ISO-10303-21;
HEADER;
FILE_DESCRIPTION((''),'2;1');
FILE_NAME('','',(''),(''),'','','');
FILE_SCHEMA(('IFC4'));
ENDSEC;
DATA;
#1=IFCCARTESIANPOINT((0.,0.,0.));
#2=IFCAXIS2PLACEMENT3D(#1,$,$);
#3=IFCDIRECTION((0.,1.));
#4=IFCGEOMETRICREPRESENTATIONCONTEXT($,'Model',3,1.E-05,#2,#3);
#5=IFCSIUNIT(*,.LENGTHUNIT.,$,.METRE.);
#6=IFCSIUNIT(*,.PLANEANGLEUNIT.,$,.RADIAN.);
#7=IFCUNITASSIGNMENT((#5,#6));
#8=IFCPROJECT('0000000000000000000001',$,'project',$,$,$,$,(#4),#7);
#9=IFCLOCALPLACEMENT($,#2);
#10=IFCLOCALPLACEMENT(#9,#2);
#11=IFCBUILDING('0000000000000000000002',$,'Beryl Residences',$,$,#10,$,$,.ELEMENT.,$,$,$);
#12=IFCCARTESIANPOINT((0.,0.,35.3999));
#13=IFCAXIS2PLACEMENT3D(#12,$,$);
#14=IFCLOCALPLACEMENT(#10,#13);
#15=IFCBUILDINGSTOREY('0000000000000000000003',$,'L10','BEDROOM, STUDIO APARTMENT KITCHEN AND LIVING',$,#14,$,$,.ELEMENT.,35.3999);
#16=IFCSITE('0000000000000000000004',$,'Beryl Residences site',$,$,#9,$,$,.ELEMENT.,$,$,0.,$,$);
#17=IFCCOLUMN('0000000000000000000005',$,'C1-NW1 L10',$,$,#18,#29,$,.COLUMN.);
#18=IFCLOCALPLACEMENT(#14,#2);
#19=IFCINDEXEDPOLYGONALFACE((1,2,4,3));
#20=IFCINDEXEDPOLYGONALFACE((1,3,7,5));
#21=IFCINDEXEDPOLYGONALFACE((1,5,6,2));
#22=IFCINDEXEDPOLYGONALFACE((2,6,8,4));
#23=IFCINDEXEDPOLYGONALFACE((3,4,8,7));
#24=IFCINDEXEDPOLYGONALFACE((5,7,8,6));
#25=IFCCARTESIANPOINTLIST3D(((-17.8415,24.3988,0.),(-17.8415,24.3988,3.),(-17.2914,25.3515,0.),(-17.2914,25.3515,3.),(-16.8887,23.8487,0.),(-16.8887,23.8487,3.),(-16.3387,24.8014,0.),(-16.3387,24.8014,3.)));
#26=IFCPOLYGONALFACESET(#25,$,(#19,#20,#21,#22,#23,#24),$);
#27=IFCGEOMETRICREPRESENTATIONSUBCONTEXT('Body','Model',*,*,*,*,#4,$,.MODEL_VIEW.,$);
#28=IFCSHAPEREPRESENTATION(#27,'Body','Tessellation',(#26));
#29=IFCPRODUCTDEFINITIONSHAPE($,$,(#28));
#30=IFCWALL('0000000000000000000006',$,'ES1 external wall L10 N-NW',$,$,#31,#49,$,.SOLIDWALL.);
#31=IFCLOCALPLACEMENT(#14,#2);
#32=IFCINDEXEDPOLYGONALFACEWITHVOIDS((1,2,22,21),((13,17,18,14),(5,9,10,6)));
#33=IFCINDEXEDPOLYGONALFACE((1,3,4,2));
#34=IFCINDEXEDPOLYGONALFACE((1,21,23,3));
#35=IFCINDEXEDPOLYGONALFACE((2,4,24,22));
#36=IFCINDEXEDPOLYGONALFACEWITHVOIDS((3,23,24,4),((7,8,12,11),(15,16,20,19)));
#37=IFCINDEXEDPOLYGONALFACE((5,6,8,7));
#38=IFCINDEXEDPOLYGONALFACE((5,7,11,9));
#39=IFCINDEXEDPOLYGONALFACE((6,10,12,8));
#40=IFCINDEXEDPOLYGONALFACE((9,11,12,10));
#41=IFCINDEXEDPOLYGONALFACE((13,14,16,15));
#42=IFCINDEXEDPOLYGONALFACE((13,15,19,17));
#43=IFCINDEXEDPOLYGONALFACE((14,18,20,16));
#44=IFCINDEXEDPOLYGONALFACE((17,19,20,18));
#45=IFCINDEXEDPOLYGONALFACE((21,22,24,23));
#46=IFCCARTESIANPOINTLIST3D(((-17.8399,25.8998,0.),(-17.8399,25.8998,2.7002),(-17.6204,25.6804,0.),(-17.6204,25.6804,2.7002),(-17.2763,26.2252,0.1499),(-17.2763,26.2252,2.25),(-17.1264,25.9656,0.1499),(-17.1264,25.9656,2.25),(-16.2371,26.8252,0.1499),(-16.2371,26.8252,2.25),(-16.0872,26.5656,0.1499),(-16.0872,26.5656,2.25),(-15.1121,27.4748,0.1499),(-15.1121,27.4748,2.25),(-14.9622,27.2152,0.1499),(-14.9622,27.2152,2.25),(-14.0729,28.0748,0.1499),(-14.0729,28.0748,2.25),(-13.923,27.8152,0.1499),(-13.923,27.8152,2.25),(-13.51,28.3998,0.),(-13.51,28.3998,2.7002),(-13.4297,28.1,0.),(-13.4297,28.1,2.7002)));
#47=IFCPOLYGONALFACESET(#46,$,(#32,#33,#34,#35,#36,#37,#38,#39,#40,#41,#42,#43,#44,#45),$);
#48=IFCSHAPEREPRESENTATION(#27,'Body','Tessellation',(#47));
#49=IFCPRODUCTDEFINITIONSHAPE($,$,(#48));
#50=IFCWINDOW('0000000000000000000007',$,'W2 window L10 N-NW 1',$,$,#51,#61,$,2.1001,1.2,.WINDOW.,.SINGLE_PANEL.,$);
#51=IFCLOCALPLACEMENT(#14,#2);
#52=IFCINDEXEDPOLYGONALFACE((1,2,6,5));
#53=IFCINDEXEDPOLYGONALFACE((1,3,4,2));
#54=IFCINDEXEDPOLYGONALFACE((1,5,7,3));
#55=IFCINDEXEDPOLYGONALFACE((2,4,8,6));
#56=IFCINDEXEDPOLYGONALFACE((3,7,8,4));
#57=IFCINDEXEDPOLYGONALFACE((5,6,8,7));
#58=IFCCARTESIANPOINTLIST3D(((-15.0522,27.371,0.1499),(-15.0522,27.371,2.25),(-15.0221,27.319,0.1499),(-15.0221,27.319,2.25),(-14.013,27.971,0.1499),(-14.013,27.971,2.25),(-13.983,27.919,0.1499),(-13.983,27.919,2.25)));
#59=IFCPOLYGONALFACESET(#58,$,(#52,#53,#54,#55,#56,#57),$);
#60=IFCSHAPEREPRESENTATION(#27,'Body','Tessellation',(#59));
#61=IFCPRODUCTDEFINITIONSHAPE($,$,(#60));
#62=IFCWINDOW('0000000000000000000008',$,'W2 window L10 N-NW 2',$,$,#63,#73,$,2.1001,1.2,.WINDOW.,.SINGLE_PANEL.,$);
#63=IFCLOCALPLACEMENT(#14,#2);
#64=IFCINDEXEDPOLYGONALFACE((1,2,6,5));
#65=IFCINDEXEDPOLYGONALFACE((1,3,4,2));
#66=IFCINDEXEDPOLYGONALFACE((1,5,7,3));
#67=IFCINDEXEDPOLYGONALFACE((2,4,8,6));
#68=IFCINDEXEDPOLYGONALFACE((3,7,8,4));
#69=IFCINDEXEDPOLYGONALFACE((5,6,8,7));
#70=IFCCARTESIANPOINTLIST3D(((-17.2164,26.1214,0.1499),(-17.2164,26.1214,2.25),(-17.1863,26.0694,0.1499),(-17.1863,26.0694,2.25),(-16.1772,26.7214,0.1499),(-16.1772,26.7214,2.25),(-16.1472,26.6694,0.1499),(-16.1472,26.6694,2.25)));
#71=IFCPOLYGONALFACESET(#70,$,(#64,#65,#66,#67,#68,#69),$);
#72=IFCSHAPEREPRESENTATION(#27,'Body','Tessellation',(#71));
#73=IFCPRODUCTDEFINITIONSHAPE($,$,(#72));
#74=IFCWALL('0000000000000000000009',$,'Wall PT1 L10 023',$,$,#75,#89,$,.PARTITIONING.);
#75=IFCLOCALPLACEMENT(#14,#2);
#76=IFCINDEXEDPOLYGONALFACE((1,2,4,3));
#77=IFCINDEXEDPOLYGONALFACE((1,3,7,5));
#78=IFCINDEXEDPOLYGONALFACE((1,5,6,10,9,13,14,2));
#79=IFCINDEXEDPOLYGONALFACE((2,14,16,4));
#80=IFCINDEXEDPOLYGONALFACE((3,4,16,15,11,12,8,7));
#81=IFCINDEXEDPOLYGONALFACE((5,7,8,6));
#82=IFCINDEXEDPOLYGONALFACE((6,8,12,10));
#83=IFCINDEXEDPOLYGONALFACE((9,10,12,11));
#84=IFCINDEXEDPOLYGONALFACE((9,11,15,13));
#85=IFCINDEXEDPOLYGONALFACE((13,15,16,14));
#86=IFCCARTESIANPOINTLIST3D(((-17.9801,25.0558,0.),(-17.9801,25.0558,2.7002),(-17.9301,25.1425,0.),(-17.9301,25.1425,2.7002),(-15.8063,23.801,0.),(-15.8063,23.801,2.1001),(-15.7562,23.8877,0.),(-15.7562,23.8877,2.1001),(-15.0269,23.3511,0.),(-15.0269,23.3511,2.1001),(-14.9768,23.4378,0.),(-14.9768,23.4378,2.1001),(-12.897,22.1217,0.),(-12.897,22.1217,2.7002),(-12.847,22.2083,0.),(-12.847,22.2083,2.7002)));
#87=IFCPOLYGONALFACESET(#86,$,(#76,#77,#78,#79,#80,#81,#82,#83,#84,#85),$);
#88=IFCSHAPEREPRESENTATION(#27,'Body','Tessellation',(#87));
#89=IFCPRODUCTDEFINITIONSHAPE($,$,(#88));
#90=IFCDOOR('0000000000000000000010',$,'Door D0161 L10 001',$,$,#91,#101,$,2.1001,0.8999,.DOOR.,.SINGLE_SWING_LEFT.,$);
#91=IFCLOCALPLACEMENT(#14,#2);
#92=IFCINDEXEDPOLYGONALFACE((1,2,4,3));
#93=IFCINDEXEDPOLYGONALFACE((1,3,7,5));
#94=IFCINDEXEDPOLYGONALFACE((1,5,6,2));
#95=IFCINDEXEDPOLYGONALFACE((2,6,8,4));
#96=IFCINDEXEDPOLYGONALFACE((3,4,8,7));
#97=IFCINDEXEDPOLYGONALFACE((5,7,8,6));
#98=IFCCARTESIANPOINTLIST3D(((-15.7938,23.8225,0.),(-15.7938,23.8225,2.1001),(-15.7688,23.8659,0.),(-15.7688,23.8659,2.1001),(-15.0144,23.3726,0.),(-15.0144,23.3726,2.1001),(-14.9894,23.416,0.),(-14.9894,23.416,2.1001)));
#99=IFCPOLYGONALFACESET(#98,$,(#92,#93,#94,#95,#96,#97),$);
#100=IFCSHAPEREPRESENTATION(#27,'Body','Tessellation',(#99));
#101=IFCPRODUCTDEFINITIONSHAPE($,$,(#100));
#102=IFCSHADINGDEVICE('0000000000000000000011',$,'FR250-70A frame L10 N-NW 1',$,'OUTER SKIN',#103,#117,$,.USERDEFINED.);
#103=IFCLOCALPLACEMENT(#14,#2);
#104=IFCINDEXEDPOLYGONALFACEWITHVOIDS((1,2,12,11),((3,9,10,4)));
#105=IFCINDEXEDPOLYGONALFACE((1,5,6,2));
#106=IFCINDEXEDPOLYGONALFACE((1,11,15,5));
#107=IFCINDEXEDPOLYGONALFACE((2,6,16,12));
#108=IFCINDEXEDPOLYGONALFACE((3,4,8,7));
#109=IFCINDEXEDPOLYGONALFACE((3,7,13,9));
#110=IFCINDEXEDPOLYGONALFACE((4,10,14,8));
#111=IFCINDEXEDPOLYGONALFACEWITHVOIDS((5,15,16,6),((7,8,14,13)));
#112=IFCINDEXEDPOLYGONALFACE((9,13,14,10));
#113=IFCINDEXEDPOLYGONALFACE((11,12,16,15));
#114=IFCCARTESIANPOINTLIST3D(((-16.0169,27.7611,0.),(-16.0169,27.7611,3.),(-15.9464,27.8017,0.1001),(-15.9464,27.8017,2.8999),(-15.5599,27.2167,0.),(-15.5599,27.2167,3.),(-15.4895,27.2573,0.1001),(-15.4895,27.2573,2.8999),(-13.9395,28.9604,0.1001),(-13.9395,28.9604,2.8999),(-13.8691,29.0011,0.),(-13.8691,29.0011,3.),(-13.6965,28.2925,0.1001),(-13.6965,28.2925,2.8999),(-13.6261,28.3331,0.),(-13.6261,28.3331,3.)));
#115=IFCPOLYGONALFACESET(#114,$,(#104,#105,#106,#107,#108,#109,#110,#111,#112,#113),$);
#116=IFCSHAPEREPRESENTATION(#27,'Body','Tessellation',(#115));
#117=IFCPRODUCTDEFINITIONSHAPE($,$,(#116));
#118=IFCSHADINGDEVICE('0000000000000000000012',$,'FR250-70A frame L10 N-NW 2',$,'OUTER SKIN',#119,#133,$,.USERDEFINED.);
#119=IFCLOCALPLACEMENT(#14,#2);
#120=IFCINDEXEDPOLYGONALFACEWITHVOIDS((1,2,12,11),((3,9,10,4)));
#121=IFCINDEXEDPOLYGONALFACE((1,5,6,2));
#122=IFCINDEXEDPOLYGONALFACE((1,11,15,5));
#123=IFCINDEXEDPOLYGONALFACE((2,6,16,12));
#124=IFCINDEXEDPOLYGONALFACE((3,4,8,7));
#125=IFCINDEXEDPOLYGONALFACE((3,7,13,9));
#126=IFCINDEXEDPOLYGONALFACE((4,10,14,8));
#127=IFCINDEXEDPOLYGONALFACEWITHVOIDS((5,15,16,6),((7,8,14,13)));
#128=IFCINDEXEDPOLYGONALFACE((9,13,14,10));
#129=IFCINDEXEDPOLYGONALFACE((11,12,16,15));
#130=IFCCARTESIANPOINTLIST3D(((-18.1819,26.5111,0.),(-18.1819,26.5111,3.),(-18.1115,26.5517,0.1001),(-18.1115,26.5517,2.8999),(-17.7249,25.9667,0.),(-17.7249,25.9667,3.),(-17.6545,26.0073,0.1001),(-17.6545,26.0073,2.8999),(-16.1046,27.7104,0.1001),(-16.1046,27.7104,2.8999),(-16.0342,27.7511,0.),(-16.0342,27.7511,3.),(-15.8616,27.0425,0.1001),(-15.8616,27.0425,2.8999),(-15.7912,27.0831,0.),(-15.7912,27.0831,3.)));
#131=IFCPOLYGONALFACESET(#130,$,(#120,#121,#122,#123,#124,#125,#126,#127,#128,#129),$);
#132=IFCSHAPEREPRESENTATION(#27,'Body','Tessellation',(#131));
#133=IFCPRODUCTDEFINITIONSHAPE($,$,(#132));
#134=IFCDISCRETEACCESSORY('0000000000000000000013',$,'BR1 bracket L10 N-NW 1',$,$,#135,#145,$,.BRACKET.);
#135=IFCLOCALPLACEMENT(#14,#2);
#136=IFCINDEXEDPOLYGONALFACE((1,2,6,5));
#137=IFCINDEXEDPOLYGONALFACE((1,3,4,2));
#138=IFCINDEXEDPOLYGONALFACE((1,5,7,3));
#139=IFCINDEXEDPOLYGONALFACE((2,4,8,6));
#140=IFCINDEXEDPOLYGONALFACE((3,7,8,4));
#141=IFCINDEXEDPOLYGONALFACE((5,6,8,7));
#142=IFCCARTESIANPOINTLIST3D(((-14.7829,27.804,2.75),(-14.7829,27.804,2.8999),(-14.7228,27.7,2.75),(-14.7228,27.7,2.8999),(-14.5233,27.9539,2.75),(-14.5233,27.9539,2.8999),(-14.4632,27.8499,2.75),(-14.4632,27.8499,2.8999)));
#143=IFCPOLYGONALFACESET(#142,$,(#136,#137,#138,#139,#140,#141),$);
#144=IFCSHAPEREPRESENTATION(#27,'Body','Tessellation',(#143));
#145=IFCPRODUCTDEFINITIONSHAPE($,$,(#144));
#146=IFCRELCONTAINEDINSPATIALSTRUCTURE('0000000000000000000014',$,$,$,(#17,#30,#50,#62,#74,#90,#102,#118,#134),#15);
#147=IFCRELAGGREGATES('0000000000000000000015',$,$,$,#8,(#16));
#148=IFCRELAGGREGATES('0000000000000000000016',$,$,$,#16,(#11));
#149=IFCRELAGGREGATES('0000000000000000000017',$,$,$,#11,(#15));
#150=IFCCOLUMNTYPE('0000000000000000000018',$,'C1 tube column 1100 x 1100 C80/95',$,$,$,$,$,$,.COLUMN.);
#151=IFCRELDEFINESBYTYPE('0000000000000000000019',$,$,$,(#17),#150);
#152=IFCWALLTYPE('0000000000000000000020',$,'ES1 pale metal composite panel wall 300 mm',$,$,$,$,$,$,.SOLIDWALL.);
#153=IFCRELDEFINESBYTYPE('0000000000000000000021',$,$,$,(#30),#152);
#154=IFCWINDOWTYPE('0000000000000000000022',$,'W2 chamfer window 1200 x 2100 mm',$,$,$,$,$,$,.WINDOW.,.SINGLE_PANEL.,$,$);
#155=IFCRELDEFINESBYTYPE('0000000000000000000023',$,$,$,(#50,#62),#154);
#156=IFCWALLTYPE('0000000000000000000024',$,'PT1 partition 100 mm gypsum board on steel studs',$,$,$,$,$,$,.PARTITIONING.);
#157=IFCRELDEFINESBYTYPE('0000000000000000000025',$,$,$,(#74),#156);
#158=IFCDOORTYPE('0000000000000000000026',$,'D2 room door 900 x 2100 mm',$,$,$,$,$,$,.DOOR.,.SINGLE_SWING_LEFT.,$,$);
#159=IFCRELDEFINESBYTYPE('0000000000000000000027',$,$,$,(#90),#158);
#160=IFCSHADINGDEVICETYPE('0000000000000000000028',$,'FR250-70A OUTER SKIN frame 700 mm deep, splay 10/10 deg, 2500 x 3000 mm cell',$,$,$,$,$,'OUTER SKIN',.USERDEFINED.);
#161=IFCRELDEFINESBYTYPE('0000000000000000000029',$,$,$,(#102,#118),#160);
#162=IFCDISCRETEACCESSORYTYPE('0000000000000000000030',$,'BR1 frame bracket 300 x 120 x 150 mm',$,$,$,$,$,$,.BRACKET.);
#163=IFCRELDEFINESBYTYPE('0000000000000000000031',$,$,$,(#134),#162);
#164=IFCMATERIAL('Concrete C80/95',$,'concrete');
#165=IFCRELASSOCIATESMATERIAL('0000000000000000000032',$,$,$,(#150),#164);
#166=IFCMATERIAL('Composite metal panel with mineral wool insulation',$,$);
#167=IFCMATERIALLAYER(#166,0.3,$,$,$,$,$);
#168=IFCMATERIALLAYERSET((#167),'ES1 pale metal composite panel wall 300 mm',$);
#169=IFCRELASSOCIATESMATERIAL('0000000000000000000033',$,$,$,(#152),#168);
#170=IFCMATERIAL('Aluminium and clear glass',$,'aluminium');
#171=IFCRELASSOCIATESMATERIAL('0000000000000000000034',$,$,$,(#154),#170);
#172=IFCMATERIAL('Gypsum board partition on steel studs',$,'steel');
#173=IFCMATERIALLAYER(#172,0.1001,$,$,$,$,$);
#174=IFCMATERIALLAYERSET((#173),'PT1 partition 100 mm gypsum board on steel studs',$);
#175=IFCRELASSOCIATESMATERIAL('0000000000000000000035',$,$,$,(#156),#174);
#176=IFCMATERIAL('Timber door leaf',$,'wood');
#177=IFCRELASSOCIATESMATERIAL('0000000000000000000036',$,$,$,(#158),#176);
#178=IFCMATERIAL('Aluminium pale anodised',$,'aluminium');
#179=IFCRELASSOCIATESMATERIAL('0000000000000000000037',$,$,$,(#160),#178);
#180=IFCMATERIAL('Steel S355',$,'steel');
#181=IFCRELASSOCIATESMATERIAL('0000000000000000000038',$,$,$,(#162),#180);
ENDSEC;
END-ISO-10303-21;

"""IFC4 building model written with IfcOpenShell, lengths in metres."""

from ifc_helpers import new_model, entity, si_unit, direction, frame, frame_2d, origin, origin_2d, place, context, subcontext, project, spatial, polyline, rectangle, outline, extrude, source, transform, mapped, material, layer, layer_set, material_profile, profile_set, type_object, type_shapes, element, fill, save


model = new_model("IFC4")

# Units and contexts
model_context = context("Model", 3, precision=1e-05, world=origin(), true_north=direction((0.0, 1.0)))
body_context = subcontext(model_context, "Body", "Model", "MODEL_VIEW")
ifc_project = project(units=[si_unit("LENGTHUNIT", "METRE"), si_unit("PLANEANGLEUNIT", "RADIAN")], contexts=[model_context])

# Site, building, storey
site_placement = place(None, origin())
site = spatial("IfcSite", under=ifc_project, at=site_placement, Name="Beryl Residences site", CompositionType="ELEMENT", RefElevation=0.0)
building_placement = place(site_placement, origin())
building = spatial("IfcBuilding", under=site, at=building_placement, Name="Beryl Residences", CompositionType="ELEMENT")
storey_placement = place(building_placement, frame((0.0, 0.0, 35.3999)))
storey = spatial("IfcBuildingStorey", under=building, at=storey_placement, Name="L10", Description="BEDROOM, STUDIO APARTMENT KITCHEN AND LIVING", CompositionType="ELEMENT", Elevation=35.3999)

# Column
ifc_material_1 = material(Name="Concrete C80/95", Category="concrete")
ifc_material_profile = material_profile(ifc_material_1, rectangle(XDim=1.1001, YDim=1.1001, at=origin_2d()))
ifc_profile_set = profile_set([ifc_material_profile], Name="Concrete C80/95")
column_type = type_object("IfcColumnType", Name="C1 tube column 1100 x 1100 C80/95", PredefinedType="COLUMN", material=ifc_profile_set)
column_placement = place(storey_placement, frame((-17.0901, 24.6001, 0.0), z_axis=(0.0, 0.0, 1.0), x_axis=(-0.499985, -0.866034, 0.0)))
element("IfcColumn", 1, at=column_placement, inside=storey, type_object=column_type, Name="C1-NW1 L10", PredefinedType="COLUMN", context=body_context, shape_type="SweptSolid", body=[
    extrude(rectangle(XDim=1.1001, YDim=1.1001, at=origin_2d()), origin(), (0.0, 0.0, 1.0), 3.0),
])

# Wall, openings, windows
ifc_material_2 = material(Name="Composite metal panel with mineral wool insulation")
ifc_layer_1 = layer(ifc_material_2, 0.3)
ifc_layer_set_1 = layer_set([ifc_layer_1], Name="ES1 pale metal composite panel wall 300 mm")
wall_type_1 = type_object("IfcWallType", Name="ES1 pale metal composite panel wall 300 mm", PredefinedType="SOLIDWALL", material=ifc_layer_set_1)
wall_1_placement = place(storey_placement, frame((-13.4351, 28.27, 0.0), z_axis=(0.0, 0.0, 1.0), x_axis=(-0.866011, -0.500025, 0.0)))
wall_1 = element("IfcWall", 2, at=wall_1_placement, inside=storey, type_object=wall_type_1, Name="ES1 external wall L10 N-NW", PredefinedType="SOLIDWALL", context=body_context, shape_type="SweptSolid", body=[
    extrude(outline(polyline([(0.0, -0.1499), (4.9998, -0.1499), (4.9194, 0.1499), (0.0803, 0.1499), (0.0, -0.1499)])), origin(), (0.0, 0.0, 1.0), 2.7002),
])
opening_1_placement = place(wall_1_placement, frame((0.6499, 0.0, 0.1499)))
opening_1 = element("IfcOpeningElement", 3, at=opening_1_placement, cuts=wall_1, PredefinedType="OPENING", context=body_context, shape_type="SweptSolid", body=[
    extrude(rectangle(XDim=1.2, YDim=2.1001, at=frame_2d((0.6001, 1.05))), frame((0.0, 0.1599, 0.0), z_axis=(0.0, -1.0, 0.0), x_axis=(1.0, 0.0, 0.0)), (0.0, 0.0, 1.0), 0.3201),
])
opening_2_placement = place(wall_1_placement, frame((3.1489, 0.0, 0.1499)))
opening_2 = element("IfcOpeningElement", 4, at=opening_2_placement, cuts=wall_1, PredefinedType="OPENING", context=body_context, shape_type="SweptSolid", body=[
    extrude(rectangle(XDim=1.2, YDim=2.1001, at=frame_2d((0.6001, 1.05))), frame((0.0, 0.1599, 0.0), z_axis=(0.0, -1.0, 0.0), x_axis=(1.0, 0.0, 0.0)), (0.0, 0.0, 1.0), 0.3201),
])
ifc_material_3 = material(Name="Aluminium and clear glass", Category="aluminium")
window_type_1 = type_object("IfcWindowType", Name="W2 chamfer window 1200 x 2100 mm", PartitioningType="SINGLE_PANEL", PredefinedType="WINDOW", material=ifc_material_3)
window_1_placement = place(opening_1_placement, origin())
window_1 = element("IfcWindow", 5, at=window_1_placement, inside=storey, type_object=window_type_1, Name="W2 window L10 N-NW 1", OverallHeight=2.1001, OverallWidth=1.2, PartitioningType="SINGLE_PANEL", PredefinedType="WINDOW", context=body_context, shape_type="SweptSolid", body=[
    extrude(rectangle(XDim=1.2, YDim=2.1001, at=frame_2d((0.6001, 1.05))), frame((0.0, 0.03, 0.0), z_axis=(0.0, -1.0, 0.0), x_axis=(1.0, 0.0, 0.0)), (0.0, 0.0, 1.0), 0.0601),
])
fill(opening_1, window_1)
window_2_placement = place(opening_2_placement, origin())
window_2 = element("IfcWindow", 6, at=window_2_placement, inside=storey, type_object=window_type_1, Name="W2 window L10 N-NW 2", OverallHeight=2.1001, OverallWidth=1.2, PartitioningType="SINGLE_PANEL", PredefinedType="WINDOW", context=body_context, shape_type="SweptSolid", body=[
    extrude(rectangle(XDim=1.2, YDim=2.1001, at=frame_2d((0.6001, 1.05))), frame((0.0, 0.03, 0.0), z_axis=(0.0, -1.0, 0.0), x_axis=(1.0, 0.0, 0.0)), (0.0, 0.0, 1.0), 0.0601),
])
fill(opening_2, window_2)

# Wall, opening, door
ifc_material_4 = material(Name="Gypsum board partition on steel studs", Category="steel")
ifc_layer_2 = layer(ifc_material_4, 0.1001)
ifc_layer_set_2 = layer_set([ifc_layer_2], Name="PT1 partition 100 mm gypsum board on steel studs")
wall_type_2 = type_object("IfcWallType", Name="PT1 partition 100 mm gypsum board on steel studs", PredefinedType="PARTITIONING", material=ifc_layer_set_2)
wall_2_placement = place(storey_placement, frame((-17.9551, 25.0991, 0.0), z_axis=(0.0, 0.0, 1.0), x_axis=(0.866069, -0.499924, 0.0)))
wall_2 = element("IfcWall", 7, at=wall_2_placement, inside=storey, type_object=wall_type_2, Name="Wall PT1 L10 023", PredefinedType="PARTITIONING", context=body_context, shape_type="SweptSolid", body=[
    extrude(rectangle(XDim=5.8691, YDim=0.1001, at=frame_2d((2.9346, 0.0))), origin(), (0.0, 0.0, 1.0), 2.7002),
])
opening_3_placement = place(wall_2_placement, frame((2.51, 0.0, 0.0)))
opening_3 = element("IfcOpeningElement", 8, at=opening_3_placement, cuts=wall_2, PredefinedType="OPENING", context=body_context, shape_type="SweptSolid", body=[
    extrude(rectangle(XDim=0.8999, YDim=2.1001, at=frame_2d((0.45, 1.05))), frame((0.0, 0.0601, 0.0), z_axis=(0.0, -1.0, 0.0), x_axis=(1.0, 0.0, 0.0)), (0.0, 0.0, 1.0), 0.1201),
])
ifc_material_5 = material(Name="Timber door leaf", Category="wood")
door_type = type_object("IfcDoorType", Name="D2 room door 900 x 2100 mm", OperationType="SINGLE_SWING_LEFT", PredefinedType="DOOR", material=ifc_material_5)
door_placement = place(opening_3_placement, origin())
door = element("IfcDoor", 9, at=door_placement, inside=storey, type_object=door_type, Name="Door D0161 L10 001", OperationType="SINGLE_SWING_LEFT", OverallHeight=2.1001, OverallWidth=0.8999, PredefinedType="DOOR", context=body_context, shape_type="SweptSolid", body=[
    extrude(rectangle(XDim=0.8999, YDim=2.1001, at=frame_2d((0.45, 1.05))), frame((0.0, 0.0249, 0.0), z_axis=(0.0, -1.0, 0.0), x_axis=(1.0, 0.0, 0.0)), (0.0, 0.0, 1.0), 0.05),
])
fill(opening_3, door)

# Shading devices
ifc_material_6 = material(Name="Aluminium pale anodised", Category="aluminium")
shading_device_type = type_object("IfcShadingDeviceType", Name="FR250-70A OUTER SKIN frame 700 mm deep, splay 10/10 deg, 2500 x 3000 mm cell", ElementType="OUTER SKIN", PredefinedType="USERDEFINED", material=ifc_material_6)
cartesian_point_1 = entity("IfcCartesianPoint", [-1.1165, 0.0])
cartesian_point_2 = entity("IfcCartesianPoint", [-1.0352, 0.1001])
cartesian_point_3 = entity("IfcCartesianPoint", [-1.24, 0.0])
cartesian_point_4 = entity("IfcCartesianPoint", [-1.1587, 0.1001])
shared_shape_1 = source(origin(), body_context, "Body", "SweptSolid", [
    entity("IfcExtrudedAreaSolidTapered", entity("IfcArbitraryProfileDefWithVoids", "AREA", None, entity("IfcPolyline", [cartesian_point_1, entity("IfcCartesianPoint", [1.1165, 0.0]), entity("IfcCartesianPoint", [1.1165, 3.0]), entity("IfcCartesianPoint", [-1.1165, 3.0]), cartesian_point_1]), [entity("IfcPolyline", [cartesian_point_2, entity("IfcCartesianPoint", [1.0352, 0.1001]), entity("IfcCartesianPoint", [1.0352, 2.8999]), entity("IfcCartesianPoint", [-1.0352, 2.8999]), cartesian_point_2])]), entity("IfcAxis2Placement3D", entity("IfcCartesianPoint", [0.0, 0.0, 0.0]), entity("IfcDirection", [0.0, 1.0, 0.0]), entity("IfcDirection", [-1.0, 0.0, 0.0])), entity("IfcDirection", [0.0, 0.0, 1.0]), 0.7, entity("IfcArbitraryProfileDefWithVoids", "AREA", None, entity("IfcPolyline", [cartesian_point_3, entity("IfcCartesianPoint", [1.24, 0.0]), entity("IfcCartesianPoint", [1.24, 3.0]), entity("IfcCartesianPoint", [-1.24, 3.0]), cartesian_point_3]), [entity("IfcPolyline", [cartesian_point_4, entity("IfcCartesianPoint", [1.1587, 0.1001]), entity("IfcCartesianPoint", [1.1587, 2.8999]), entity("IfcCartesianPoint", [-1.1587, 2.8999]), cartesian_point_4])])),
])
type_shapes(shading_device_type, [shared_shape_1])
for number, where, z_axis, x_axis, name in (
    (10, (-14.593, 27.7749, 0.0), (0.0, 0.0, 1.0), (0.866025, 0.5, 0.0), "FR250-70A frame L10 N-NW 1"),
    (11, (-16.7581, 26.5249, 0.0), (0.0, 0.0, 1.0), (0.866025, 0.5, 0.0), "FR250-70A frame L10 N-NW 2"),
):
    element("IfcShadingDevice", number, at=place(storey_placement, frame(where, z_axis=z_axis, x_axis=x_axis)), inside=storey, type_object=shading_device_type, Name=name, ObjectType="OUTER SKIN", PredefinedType="USERDEFINED", context=body_context, shape_type="MappedRepresentation", body=[
        mapped(shared_shape_1, transform((0.0, 0.0, 0.0))),
    ])

# Discrete accessory
ifc_material_7 = material(Name="Steel S355", Category="steel")
discrete_accessory_type = type_object("IfcDiscreteAccessoryType", Name="BR1 frame bracket 300 x 120 x 150 mm", PredefinedType="BRACKET", material=ifc_material_7)
shared_shape_2 = source(origin(), body_context, "Body", "SweptSolid", [
    extrude(outline(polyline([(-0.1499, 0.0), (0.1499, 0.0), (0.1499, 0.1201), (-0.1499, 0.1201), (-0.1499, 0.0)])), origin(), (0.0, 0.0, 1.0), 0.1499),
])
type_shapes(discrete_accessory_type, [shared_shape_2])
discrete_accessory_placement = place(storey_placement, frame((-14.593, 27.7749, 2.75), z_axis=(0.0, 0.0, 1.0), x_axis=(0.866025, 0.5, 0.0)))
element("IfcDiscreteAccessory", 12, at=discrete_accessory_placement, inside=storey, type_object=discrete_accessory_type, Name="BR1 bracket L10 N-NW 1", PredefinedType="BRACKET", context=body_context, shape_type="MappedRepresentation", body=[
    mapped(shared_shape_2, transform((0.0, 0.0, 0.0))),
])

save(model, "model.ifc")
